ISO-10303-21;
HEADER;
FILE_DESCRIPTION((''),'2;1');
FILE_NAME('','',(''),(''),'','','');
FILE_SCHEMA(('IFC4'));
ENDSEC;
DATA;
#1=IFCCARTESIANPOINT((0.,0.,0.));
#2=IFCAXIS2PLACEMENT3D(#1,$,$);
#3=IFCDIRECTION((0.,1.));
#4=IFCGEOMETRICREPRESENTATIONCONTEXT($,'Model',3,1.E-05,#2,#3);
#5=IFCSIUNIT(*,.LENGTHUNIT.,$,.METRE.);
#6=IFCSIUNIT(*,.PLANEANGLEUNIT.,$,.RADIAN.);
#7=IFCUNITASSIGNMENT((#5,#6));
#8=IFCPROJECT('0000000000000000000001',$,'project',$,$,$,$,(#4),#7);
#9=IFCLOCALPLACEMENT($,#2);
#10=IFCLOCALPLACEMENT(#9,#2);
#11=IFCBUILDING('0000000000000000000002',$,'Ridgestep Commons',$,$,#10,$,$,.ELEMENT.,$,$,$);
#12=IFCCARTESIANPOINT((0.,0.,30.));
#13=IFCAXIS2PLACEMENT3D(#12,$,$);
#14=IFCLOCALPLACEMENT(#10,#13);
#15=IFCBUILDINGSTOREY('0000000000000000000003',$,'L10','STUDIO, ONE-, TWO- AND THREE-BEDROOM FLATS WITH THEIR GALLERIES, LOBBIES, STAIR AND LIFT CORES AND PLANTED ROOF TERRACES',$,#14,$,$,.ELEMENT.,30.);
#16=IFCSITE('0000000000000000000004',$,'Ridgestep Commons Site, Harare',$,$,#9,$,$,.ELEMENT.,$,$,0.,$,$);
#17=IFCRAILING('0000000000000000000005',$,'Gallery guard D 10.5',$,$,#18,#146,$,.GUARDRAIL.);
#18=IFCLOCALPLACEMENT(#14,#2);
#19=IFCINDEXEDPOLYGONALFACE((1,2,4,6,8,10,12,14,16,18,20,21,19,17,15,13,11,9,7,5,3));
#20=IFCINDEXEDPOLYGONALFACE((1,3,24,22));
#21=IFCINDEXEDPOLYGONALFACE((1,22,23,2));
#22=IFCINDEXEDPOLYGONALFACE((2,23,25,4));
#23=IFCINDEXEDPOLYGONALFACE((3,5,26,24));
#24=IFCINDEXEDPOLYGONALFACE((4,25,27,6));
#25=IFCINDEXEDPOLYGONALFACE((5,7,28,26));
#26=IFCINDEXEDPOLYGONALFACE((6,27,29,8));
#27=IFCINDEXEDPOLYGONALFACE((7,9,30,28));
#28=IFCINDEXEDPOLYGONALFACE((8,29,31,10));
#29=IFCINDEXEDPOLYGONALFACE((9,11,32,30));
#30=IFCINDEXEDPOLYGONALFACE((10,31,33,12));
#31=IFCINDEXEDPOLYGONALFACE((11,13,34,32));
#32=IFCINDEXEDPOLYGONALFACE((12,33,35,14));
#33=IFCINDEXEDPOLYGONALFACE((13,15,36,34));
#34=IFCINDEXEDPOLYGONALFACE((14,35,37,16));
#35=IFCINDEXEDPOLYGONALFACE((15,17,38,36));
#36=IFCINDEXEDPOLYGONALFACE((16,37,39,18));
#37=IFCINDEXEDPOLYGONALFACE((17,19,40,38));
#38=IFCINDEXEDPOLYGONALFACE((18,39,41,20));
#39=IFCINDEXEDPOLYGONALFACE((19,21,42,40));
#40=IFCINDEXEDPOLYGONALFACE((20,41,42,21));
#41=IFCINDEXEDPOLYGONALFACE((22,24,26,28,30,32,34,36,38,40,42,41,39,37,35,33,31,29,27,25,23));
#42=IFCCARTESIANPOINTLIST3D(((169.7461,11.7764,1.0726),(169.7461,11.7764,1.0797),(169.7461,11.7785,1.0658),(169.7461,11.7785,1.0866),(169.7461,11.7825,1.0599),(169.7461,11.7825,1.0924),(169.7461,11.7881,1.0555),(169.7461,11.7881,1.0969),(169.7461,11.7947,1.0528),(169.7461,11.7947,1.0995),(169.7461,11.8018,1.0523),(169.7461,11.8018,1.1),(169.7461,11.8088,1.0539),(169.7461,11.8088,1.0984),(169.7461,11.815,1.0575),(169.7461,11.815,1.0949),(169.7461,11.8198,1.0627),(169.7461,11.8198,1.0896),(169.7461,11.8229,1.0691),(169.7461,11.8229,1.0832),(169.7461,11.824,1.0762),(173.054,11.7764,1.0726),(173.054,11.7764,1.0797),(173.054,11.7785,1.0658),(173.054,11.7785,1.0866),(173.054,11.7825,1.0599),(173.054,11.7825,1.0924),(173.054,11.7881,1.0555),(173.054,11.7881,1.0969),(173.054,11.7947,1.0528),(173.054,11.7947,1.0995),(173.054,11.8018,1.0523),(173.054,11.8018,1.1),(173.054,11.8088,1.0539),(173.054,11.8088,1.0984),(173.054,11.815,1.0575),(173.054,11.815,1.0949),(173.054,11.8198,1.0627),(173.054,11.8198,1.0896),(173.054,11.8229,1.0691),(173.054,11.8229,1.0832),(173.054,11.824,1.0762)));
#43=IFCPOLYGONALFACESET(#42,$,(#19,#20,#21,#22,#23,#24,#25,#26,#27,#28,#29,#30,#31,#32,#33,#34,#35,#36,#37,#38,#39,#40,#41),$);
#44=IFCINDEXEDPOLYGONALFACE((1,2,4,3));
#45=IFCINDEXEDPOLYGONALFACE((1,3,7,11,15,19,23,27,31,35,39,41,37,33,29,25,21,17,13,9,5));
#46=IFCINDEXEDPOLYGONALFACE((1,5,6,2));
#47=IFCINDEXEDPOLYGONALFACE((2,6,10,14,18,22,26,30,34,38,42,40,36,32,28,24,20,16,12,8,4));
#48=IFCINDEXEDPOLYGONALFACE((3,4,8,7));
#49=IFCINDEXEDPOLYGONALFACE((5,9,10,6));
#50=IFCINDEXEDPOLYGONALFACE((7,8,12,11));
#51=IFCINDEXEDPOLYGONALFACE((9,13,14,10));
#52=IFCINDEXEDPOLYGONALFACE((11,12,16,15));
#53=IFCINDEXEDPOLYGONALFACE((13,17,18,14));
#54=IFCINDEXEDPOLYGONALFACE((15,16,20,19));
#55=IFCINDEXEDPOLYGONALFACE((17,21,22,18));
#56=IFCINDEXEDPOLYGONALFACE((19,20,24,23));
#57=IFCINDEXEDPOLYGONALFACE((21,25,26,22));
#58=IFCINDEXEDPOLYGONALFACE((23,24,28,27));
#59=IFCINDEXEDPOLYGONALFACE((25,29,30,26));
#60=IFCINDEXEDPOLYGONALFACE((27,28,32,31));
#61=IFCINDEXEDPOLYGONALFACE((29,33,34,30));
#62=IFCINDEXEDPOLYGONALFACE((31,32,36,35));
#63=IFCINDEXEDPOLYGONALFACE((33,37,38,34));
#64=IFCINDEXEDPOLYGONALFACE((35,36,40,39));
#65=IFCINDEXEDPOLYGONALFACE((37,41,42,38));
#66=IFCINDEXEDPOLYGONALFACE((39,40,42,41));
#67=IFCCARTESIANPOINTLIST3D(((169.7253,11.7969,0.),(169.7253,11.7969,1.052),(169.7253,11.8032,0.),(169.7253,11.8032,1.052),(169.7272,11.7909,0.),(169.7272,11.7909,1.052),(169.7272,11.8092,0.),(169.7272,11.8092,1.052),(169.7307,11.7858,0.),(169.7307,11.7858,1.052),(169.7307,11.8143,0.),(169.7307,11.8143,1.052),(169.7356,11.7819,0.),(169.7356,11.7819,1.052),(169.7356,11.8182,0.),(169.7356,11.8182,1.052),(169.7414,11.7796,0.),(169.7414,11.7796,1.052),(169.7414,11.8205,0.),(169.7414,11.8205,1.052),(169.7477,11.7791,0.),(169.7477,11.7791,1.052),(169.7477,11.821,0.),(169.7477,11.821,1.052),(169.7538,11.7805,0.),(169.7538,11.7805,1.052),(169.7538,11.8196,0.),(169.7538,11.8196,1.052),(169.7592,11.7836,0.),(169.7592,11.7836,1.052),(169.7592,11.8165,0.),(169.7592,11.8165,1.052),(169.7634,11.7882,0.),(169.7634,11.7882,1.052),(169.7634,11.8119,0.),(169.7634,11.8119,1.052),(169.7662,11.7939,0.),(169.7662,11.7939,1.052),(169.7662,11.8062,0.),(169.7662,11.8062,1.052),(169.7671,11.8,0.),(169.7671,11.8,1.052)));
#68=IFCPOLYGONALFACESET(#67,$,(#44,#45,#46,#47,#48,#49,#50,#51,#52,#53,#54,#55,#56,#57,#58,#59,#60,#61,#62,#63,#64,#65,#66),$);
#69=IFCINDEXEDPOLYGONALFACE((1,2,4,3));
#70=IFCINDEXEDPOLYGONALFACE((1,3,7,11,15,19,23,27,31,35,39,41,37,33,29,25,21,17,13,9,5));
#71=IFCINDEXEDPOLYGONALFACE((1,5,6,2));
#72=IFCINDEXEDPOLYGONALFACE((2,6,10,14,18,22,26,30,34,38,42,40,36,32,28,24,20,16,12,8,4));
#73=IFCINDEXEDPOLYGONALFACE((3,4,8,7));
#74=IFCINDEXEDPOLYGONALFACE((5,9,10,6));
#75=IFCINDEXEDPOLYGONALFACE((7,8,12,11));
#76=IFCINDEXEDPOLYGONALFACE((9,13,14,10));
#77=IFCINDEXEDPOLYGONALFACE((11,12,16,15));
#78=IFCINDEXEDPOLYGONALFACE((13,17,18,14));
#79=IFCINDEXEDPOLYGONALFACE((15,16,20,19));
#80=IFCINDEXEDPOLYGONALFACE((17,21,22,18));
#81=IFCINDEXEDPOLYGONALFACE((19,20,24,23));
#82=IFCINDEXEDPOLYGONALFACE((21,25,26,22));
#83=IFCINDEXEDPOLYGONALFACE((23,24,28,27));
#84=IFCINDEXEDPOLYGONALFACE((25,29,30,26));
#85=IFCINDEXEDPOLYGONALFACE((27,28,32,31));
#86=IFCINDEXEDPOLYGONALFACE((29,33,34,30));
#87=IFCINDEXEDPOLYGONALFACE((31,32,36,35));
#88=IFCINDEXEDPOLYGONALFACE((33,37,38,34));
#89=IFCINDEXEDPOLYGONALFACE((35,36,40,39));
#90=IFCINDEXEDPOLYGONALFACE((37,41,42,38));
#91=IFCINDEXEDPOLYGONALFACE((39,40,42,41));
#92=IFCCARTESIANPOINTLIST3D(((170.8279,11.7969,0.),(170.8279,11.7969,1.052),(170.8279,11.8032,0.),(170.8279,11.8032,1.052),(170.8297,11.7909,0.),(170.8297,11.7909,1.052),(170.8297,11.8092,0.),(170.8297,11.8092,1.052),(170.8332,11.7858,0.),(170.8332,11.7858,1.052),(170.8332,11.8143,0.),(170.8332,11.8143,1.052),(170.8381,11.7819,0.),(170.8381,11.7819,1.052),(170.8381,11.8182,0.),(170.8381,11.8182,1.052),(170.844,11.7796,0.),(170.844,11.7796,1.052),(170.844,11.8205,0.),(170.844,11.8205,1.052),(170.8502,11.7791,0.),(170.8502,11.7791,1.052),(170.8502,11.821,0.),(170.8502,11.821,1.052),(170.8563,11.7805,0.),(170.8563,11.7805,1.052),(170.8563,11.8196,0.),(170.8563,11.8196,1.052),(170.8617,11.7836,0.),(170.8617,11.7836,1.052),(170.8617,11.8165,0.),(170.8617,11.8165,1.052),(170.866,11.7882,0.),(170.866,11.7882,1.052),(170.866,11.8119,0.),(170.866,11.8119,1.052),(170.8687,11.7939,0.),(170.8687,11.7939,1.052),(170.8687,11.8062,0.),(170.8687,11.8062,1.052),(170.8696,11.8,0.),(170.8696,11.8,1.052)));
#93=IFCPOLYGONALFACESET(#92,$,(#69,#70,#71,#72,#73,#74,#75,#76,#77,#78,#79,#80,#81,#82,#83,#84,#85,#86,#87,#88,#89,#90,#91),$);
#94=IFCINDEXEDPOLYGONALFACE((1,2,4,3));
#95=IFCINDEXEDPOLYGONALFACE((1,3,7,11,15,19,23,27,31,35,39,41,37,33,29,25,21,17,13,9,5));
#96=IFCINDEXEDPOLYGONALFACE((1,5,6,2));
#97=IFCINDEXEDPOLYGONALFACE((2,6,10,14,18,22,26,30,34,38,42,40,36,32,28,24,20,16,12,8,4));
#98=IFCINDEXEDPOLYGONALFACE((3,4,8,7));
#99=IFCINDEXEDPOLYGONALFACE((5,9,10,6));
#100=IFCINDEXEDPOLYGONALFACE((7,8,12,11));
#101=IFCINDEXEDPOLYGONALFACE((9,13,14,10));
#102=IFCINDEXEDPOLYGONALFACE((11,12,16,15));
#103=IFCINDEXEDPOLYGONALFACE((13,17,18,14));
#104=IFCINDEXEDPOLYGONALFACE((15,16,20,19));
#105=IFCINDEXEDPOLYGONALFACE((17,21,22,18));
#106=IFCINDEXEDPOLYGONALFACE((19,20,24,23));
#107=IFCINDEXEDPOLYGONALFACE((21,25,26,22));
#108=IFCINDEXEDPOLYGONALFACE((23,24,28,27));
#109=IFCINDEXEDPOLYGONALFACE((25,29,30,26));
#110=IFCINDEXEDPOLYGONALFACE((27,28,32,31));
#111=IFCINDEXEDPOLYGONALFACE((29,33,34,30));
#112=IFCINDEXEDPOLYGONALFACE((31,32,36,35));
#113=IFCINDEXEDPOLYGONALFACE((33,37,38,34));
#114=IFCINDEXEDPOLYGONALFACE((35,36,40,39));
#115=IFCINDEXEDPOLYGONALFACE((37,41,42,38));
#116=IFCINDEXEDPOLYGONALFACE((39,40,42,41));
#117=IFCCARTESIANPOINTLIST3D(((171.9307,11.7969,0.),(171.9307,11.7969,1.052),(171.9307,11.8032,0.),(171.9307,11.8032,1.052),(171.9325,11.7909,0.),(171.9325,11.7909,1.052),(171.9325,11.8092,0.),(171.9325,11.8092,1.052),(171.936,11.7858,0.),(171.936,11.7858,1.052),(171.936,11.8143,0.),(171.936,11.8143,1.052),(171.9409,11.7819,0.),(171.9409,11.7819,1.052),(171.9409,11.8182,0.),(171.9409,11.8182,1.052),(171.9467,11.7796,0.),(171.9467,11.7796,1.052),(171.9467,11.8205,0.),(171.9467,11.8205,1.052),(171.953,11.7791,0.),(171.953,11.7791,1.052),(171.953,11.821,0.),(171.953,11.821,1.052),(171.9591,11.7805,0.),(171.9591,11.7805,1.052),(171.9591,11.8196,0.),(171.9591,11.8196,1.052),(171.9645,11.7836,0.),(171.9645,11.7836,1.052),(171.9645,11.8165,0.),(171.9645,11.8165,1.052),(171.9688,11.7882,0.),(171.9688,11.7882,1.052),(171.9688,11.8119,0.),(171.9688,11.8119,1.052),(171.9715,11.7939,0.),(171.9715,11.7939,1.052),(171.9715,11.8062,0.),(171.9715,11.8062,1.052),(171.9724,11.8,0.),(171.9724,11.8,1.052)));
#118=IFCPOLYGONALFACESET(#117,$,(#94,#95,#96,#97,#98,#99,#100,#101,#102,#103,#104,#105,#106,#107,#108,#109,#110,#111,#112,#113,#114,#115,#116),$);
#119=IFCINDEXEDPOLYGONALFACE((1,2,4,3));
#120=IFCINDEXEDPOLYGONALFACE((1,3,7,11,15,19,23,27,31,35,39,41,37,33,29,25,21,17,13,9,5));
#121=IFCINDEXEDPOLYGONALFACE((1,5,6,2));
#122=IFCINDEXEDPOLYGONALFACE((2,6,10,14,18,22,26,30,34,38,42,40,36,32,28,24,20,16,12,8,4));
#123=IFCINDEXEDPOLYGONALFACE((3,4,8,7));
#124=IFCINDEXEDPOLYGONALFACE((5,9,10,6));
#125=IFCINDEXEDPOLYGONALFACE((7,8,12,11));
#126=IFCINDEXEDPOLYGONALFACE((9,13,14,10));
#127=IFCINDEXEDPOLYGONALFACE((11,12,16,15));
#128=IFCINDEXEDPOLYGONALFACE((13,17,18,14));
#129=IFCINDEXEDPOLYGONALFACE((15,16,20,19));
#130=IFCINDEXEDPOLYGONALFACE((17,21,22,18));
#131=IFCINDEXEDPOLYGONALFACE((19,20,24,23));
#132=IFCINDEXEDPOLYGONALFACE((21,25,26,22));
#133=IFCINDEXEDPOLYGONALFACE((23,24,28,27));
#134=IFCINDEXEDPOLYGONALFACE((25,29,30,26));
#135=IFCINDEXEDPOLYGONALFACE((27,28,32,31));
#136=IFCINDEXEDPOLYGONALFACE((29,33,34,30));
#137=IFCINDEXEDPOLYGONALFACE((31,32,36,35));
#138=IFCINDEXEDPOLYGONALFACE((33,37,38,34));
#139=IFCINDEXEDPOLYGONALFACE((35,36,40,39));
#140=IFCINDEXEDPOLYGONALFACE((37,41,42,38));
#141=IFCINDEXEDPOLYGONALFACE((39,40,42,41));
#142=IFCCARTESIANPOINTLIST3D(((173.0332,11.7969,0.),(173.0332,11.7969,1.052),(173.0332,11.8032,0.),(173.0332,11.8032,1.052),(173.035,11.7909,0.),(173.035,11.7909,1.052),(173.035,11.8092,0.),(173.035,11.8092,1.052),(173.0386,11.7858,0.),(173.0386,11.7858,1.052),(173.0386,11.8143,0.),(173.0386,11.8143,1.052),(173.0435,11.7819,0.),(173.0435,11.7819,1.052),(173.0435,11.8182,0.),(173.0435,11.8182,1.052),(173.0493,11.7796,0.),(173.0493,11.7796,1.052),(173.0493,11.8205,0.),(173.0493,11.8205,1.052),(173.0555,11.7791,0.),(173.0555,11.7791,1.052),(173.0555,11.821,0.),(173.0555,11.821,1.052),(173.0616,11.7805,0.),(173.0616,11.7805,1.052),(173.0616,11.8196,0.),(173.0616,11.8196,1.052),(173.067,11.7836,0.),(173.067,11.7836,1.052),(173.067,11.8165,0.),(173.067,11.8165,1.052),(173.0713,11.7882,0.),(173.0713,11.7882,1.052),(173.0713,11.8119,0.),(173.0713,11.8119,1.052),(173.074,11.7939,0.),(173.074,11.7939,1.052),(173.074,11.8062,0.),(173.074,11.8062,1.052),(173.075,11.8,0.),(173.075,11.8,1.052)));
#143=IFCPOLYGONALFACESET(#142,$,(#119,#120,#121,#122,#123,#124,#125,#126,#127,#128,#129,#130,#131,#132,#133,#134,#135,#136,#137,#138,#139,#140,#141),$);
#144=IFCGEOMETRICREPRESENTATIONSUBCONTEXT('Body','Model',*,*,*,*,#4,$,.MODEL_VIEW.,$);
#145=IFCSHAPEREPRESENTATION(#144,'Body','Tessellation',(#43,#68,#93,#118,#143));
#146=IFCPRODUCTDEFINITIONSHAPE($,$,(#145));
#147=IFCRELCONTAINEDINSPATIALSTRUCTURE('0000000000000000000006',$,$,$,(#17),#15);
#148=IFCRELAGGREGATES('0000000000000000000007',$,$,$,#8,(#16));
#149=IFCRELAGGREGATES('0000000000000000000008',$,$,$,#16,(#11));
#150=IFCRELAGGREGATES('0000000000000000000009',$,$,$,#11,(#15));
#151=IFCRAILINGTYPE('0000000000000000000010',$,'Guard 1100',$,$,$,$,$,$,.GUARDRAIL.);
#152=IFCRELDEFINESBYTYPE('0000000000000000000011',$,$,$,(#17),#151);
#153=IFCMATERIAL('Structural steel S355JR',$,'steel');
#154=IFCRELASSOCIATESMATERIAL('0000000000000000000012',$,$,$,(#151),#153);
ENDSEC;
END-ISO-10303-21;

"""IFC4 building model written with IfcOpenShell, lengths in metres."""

from ifc_helpers import new_model, si_unit, direction, frame, origin, origin_2d, place, context, subcontext, project, spatial, circle, extrude, material, type_object, element, save


model = new_model("IFC4")

# Units and contexts
model_context = context("Model", 3, precision=1e-05, world=origin(), true_north=direction((0.0, 1.0)))
body_context = subcontext(model_context, "Body", "Model", "MODEL_VIEW")
ifc_project = project(units=[si_unit("LENGTHUNIT", "METRE"), si_unit("PLANEANGLEUNIT", "RADIAN")], contexts=[model_context])

# Site, building, storey
site_placement = place(None, origin())
site = spatial("IfcSite", under=ifc_project, at=site_placement, Name="Ridgestep Commons Site, Harare", CompositionType="ELEMENT", RefElevation=0.0)
building_placement = place(site_placement, origin())
building = spatial("IfcBuilding", under=site, at=building_placement, Name="Ridgestep Commons", CompositionType="ELEMENT")
storey_placement = place(building_placement, frame((0.0, 0.0, 30.0)))
storey = spatial("IfcBuildingStorey", under=building, at=storey_placement, Name="L10", Description="STUDIO, ONE-, TWO- AND THREE-BEDROOM FLATS WITH THEIR GALLERIES, LOBBIES, STAIR AND LIFT CORES AND PLANTED ROOF TERRACES", CompositionType="ELEMENT", Elevation=30.0)

# Railing
ifc_material_1 = material(Name="Structural steel S355JR", Category="steel")
railing_type = type_object("IfcRailingType", Name="Guard 1100", PredefinedType="GUARDRAIL", material=ifc_material_1)
railing_1_placement = place(storey_placement, frame((169.7461, 11.8, 0.0)))
element("IfcRailing", 1, at=railing_1_placement, inside=storey, type_object=railing_type, Name="Gallery guard D 10.5", PredefinedType="GUARDRAIL", context=body_context, shape_type="SweptSolid", body=[
    extrude(circle(Radius=0.0239, at=origin_2d()), frame((0.0, 0.0, 1.0762), z_axis=(1.0, 0.0, 0.0), x_axis=(0.0, 1.0, 0.0)), (0.0, 0.0, 1.0), 3.3079),
    extrude(circle(Radius=0.021, at=origin_2d()), origin(), (0.0, 0.0, 1.0), 1.052),
    extrude(circle(Radius=0.021, at=origin_2d()), frame((1.1025, 0.0, 0.0)), (0.0, 0.0, 1.0), 1.052),
    extrude(circle(Radius=0.021, at=origin_2d()), frame((2.2053, 0.0, 0.0)), (0.0, 0.0, 1.0), 1.052),
    extrude(circle(Radius=0.021, at=origin_2d()), frame((3.3079, 0.0, 0.0)), (0.0, 0.0, 1.0), 1.052),
])

save(model, "model.ifc")
